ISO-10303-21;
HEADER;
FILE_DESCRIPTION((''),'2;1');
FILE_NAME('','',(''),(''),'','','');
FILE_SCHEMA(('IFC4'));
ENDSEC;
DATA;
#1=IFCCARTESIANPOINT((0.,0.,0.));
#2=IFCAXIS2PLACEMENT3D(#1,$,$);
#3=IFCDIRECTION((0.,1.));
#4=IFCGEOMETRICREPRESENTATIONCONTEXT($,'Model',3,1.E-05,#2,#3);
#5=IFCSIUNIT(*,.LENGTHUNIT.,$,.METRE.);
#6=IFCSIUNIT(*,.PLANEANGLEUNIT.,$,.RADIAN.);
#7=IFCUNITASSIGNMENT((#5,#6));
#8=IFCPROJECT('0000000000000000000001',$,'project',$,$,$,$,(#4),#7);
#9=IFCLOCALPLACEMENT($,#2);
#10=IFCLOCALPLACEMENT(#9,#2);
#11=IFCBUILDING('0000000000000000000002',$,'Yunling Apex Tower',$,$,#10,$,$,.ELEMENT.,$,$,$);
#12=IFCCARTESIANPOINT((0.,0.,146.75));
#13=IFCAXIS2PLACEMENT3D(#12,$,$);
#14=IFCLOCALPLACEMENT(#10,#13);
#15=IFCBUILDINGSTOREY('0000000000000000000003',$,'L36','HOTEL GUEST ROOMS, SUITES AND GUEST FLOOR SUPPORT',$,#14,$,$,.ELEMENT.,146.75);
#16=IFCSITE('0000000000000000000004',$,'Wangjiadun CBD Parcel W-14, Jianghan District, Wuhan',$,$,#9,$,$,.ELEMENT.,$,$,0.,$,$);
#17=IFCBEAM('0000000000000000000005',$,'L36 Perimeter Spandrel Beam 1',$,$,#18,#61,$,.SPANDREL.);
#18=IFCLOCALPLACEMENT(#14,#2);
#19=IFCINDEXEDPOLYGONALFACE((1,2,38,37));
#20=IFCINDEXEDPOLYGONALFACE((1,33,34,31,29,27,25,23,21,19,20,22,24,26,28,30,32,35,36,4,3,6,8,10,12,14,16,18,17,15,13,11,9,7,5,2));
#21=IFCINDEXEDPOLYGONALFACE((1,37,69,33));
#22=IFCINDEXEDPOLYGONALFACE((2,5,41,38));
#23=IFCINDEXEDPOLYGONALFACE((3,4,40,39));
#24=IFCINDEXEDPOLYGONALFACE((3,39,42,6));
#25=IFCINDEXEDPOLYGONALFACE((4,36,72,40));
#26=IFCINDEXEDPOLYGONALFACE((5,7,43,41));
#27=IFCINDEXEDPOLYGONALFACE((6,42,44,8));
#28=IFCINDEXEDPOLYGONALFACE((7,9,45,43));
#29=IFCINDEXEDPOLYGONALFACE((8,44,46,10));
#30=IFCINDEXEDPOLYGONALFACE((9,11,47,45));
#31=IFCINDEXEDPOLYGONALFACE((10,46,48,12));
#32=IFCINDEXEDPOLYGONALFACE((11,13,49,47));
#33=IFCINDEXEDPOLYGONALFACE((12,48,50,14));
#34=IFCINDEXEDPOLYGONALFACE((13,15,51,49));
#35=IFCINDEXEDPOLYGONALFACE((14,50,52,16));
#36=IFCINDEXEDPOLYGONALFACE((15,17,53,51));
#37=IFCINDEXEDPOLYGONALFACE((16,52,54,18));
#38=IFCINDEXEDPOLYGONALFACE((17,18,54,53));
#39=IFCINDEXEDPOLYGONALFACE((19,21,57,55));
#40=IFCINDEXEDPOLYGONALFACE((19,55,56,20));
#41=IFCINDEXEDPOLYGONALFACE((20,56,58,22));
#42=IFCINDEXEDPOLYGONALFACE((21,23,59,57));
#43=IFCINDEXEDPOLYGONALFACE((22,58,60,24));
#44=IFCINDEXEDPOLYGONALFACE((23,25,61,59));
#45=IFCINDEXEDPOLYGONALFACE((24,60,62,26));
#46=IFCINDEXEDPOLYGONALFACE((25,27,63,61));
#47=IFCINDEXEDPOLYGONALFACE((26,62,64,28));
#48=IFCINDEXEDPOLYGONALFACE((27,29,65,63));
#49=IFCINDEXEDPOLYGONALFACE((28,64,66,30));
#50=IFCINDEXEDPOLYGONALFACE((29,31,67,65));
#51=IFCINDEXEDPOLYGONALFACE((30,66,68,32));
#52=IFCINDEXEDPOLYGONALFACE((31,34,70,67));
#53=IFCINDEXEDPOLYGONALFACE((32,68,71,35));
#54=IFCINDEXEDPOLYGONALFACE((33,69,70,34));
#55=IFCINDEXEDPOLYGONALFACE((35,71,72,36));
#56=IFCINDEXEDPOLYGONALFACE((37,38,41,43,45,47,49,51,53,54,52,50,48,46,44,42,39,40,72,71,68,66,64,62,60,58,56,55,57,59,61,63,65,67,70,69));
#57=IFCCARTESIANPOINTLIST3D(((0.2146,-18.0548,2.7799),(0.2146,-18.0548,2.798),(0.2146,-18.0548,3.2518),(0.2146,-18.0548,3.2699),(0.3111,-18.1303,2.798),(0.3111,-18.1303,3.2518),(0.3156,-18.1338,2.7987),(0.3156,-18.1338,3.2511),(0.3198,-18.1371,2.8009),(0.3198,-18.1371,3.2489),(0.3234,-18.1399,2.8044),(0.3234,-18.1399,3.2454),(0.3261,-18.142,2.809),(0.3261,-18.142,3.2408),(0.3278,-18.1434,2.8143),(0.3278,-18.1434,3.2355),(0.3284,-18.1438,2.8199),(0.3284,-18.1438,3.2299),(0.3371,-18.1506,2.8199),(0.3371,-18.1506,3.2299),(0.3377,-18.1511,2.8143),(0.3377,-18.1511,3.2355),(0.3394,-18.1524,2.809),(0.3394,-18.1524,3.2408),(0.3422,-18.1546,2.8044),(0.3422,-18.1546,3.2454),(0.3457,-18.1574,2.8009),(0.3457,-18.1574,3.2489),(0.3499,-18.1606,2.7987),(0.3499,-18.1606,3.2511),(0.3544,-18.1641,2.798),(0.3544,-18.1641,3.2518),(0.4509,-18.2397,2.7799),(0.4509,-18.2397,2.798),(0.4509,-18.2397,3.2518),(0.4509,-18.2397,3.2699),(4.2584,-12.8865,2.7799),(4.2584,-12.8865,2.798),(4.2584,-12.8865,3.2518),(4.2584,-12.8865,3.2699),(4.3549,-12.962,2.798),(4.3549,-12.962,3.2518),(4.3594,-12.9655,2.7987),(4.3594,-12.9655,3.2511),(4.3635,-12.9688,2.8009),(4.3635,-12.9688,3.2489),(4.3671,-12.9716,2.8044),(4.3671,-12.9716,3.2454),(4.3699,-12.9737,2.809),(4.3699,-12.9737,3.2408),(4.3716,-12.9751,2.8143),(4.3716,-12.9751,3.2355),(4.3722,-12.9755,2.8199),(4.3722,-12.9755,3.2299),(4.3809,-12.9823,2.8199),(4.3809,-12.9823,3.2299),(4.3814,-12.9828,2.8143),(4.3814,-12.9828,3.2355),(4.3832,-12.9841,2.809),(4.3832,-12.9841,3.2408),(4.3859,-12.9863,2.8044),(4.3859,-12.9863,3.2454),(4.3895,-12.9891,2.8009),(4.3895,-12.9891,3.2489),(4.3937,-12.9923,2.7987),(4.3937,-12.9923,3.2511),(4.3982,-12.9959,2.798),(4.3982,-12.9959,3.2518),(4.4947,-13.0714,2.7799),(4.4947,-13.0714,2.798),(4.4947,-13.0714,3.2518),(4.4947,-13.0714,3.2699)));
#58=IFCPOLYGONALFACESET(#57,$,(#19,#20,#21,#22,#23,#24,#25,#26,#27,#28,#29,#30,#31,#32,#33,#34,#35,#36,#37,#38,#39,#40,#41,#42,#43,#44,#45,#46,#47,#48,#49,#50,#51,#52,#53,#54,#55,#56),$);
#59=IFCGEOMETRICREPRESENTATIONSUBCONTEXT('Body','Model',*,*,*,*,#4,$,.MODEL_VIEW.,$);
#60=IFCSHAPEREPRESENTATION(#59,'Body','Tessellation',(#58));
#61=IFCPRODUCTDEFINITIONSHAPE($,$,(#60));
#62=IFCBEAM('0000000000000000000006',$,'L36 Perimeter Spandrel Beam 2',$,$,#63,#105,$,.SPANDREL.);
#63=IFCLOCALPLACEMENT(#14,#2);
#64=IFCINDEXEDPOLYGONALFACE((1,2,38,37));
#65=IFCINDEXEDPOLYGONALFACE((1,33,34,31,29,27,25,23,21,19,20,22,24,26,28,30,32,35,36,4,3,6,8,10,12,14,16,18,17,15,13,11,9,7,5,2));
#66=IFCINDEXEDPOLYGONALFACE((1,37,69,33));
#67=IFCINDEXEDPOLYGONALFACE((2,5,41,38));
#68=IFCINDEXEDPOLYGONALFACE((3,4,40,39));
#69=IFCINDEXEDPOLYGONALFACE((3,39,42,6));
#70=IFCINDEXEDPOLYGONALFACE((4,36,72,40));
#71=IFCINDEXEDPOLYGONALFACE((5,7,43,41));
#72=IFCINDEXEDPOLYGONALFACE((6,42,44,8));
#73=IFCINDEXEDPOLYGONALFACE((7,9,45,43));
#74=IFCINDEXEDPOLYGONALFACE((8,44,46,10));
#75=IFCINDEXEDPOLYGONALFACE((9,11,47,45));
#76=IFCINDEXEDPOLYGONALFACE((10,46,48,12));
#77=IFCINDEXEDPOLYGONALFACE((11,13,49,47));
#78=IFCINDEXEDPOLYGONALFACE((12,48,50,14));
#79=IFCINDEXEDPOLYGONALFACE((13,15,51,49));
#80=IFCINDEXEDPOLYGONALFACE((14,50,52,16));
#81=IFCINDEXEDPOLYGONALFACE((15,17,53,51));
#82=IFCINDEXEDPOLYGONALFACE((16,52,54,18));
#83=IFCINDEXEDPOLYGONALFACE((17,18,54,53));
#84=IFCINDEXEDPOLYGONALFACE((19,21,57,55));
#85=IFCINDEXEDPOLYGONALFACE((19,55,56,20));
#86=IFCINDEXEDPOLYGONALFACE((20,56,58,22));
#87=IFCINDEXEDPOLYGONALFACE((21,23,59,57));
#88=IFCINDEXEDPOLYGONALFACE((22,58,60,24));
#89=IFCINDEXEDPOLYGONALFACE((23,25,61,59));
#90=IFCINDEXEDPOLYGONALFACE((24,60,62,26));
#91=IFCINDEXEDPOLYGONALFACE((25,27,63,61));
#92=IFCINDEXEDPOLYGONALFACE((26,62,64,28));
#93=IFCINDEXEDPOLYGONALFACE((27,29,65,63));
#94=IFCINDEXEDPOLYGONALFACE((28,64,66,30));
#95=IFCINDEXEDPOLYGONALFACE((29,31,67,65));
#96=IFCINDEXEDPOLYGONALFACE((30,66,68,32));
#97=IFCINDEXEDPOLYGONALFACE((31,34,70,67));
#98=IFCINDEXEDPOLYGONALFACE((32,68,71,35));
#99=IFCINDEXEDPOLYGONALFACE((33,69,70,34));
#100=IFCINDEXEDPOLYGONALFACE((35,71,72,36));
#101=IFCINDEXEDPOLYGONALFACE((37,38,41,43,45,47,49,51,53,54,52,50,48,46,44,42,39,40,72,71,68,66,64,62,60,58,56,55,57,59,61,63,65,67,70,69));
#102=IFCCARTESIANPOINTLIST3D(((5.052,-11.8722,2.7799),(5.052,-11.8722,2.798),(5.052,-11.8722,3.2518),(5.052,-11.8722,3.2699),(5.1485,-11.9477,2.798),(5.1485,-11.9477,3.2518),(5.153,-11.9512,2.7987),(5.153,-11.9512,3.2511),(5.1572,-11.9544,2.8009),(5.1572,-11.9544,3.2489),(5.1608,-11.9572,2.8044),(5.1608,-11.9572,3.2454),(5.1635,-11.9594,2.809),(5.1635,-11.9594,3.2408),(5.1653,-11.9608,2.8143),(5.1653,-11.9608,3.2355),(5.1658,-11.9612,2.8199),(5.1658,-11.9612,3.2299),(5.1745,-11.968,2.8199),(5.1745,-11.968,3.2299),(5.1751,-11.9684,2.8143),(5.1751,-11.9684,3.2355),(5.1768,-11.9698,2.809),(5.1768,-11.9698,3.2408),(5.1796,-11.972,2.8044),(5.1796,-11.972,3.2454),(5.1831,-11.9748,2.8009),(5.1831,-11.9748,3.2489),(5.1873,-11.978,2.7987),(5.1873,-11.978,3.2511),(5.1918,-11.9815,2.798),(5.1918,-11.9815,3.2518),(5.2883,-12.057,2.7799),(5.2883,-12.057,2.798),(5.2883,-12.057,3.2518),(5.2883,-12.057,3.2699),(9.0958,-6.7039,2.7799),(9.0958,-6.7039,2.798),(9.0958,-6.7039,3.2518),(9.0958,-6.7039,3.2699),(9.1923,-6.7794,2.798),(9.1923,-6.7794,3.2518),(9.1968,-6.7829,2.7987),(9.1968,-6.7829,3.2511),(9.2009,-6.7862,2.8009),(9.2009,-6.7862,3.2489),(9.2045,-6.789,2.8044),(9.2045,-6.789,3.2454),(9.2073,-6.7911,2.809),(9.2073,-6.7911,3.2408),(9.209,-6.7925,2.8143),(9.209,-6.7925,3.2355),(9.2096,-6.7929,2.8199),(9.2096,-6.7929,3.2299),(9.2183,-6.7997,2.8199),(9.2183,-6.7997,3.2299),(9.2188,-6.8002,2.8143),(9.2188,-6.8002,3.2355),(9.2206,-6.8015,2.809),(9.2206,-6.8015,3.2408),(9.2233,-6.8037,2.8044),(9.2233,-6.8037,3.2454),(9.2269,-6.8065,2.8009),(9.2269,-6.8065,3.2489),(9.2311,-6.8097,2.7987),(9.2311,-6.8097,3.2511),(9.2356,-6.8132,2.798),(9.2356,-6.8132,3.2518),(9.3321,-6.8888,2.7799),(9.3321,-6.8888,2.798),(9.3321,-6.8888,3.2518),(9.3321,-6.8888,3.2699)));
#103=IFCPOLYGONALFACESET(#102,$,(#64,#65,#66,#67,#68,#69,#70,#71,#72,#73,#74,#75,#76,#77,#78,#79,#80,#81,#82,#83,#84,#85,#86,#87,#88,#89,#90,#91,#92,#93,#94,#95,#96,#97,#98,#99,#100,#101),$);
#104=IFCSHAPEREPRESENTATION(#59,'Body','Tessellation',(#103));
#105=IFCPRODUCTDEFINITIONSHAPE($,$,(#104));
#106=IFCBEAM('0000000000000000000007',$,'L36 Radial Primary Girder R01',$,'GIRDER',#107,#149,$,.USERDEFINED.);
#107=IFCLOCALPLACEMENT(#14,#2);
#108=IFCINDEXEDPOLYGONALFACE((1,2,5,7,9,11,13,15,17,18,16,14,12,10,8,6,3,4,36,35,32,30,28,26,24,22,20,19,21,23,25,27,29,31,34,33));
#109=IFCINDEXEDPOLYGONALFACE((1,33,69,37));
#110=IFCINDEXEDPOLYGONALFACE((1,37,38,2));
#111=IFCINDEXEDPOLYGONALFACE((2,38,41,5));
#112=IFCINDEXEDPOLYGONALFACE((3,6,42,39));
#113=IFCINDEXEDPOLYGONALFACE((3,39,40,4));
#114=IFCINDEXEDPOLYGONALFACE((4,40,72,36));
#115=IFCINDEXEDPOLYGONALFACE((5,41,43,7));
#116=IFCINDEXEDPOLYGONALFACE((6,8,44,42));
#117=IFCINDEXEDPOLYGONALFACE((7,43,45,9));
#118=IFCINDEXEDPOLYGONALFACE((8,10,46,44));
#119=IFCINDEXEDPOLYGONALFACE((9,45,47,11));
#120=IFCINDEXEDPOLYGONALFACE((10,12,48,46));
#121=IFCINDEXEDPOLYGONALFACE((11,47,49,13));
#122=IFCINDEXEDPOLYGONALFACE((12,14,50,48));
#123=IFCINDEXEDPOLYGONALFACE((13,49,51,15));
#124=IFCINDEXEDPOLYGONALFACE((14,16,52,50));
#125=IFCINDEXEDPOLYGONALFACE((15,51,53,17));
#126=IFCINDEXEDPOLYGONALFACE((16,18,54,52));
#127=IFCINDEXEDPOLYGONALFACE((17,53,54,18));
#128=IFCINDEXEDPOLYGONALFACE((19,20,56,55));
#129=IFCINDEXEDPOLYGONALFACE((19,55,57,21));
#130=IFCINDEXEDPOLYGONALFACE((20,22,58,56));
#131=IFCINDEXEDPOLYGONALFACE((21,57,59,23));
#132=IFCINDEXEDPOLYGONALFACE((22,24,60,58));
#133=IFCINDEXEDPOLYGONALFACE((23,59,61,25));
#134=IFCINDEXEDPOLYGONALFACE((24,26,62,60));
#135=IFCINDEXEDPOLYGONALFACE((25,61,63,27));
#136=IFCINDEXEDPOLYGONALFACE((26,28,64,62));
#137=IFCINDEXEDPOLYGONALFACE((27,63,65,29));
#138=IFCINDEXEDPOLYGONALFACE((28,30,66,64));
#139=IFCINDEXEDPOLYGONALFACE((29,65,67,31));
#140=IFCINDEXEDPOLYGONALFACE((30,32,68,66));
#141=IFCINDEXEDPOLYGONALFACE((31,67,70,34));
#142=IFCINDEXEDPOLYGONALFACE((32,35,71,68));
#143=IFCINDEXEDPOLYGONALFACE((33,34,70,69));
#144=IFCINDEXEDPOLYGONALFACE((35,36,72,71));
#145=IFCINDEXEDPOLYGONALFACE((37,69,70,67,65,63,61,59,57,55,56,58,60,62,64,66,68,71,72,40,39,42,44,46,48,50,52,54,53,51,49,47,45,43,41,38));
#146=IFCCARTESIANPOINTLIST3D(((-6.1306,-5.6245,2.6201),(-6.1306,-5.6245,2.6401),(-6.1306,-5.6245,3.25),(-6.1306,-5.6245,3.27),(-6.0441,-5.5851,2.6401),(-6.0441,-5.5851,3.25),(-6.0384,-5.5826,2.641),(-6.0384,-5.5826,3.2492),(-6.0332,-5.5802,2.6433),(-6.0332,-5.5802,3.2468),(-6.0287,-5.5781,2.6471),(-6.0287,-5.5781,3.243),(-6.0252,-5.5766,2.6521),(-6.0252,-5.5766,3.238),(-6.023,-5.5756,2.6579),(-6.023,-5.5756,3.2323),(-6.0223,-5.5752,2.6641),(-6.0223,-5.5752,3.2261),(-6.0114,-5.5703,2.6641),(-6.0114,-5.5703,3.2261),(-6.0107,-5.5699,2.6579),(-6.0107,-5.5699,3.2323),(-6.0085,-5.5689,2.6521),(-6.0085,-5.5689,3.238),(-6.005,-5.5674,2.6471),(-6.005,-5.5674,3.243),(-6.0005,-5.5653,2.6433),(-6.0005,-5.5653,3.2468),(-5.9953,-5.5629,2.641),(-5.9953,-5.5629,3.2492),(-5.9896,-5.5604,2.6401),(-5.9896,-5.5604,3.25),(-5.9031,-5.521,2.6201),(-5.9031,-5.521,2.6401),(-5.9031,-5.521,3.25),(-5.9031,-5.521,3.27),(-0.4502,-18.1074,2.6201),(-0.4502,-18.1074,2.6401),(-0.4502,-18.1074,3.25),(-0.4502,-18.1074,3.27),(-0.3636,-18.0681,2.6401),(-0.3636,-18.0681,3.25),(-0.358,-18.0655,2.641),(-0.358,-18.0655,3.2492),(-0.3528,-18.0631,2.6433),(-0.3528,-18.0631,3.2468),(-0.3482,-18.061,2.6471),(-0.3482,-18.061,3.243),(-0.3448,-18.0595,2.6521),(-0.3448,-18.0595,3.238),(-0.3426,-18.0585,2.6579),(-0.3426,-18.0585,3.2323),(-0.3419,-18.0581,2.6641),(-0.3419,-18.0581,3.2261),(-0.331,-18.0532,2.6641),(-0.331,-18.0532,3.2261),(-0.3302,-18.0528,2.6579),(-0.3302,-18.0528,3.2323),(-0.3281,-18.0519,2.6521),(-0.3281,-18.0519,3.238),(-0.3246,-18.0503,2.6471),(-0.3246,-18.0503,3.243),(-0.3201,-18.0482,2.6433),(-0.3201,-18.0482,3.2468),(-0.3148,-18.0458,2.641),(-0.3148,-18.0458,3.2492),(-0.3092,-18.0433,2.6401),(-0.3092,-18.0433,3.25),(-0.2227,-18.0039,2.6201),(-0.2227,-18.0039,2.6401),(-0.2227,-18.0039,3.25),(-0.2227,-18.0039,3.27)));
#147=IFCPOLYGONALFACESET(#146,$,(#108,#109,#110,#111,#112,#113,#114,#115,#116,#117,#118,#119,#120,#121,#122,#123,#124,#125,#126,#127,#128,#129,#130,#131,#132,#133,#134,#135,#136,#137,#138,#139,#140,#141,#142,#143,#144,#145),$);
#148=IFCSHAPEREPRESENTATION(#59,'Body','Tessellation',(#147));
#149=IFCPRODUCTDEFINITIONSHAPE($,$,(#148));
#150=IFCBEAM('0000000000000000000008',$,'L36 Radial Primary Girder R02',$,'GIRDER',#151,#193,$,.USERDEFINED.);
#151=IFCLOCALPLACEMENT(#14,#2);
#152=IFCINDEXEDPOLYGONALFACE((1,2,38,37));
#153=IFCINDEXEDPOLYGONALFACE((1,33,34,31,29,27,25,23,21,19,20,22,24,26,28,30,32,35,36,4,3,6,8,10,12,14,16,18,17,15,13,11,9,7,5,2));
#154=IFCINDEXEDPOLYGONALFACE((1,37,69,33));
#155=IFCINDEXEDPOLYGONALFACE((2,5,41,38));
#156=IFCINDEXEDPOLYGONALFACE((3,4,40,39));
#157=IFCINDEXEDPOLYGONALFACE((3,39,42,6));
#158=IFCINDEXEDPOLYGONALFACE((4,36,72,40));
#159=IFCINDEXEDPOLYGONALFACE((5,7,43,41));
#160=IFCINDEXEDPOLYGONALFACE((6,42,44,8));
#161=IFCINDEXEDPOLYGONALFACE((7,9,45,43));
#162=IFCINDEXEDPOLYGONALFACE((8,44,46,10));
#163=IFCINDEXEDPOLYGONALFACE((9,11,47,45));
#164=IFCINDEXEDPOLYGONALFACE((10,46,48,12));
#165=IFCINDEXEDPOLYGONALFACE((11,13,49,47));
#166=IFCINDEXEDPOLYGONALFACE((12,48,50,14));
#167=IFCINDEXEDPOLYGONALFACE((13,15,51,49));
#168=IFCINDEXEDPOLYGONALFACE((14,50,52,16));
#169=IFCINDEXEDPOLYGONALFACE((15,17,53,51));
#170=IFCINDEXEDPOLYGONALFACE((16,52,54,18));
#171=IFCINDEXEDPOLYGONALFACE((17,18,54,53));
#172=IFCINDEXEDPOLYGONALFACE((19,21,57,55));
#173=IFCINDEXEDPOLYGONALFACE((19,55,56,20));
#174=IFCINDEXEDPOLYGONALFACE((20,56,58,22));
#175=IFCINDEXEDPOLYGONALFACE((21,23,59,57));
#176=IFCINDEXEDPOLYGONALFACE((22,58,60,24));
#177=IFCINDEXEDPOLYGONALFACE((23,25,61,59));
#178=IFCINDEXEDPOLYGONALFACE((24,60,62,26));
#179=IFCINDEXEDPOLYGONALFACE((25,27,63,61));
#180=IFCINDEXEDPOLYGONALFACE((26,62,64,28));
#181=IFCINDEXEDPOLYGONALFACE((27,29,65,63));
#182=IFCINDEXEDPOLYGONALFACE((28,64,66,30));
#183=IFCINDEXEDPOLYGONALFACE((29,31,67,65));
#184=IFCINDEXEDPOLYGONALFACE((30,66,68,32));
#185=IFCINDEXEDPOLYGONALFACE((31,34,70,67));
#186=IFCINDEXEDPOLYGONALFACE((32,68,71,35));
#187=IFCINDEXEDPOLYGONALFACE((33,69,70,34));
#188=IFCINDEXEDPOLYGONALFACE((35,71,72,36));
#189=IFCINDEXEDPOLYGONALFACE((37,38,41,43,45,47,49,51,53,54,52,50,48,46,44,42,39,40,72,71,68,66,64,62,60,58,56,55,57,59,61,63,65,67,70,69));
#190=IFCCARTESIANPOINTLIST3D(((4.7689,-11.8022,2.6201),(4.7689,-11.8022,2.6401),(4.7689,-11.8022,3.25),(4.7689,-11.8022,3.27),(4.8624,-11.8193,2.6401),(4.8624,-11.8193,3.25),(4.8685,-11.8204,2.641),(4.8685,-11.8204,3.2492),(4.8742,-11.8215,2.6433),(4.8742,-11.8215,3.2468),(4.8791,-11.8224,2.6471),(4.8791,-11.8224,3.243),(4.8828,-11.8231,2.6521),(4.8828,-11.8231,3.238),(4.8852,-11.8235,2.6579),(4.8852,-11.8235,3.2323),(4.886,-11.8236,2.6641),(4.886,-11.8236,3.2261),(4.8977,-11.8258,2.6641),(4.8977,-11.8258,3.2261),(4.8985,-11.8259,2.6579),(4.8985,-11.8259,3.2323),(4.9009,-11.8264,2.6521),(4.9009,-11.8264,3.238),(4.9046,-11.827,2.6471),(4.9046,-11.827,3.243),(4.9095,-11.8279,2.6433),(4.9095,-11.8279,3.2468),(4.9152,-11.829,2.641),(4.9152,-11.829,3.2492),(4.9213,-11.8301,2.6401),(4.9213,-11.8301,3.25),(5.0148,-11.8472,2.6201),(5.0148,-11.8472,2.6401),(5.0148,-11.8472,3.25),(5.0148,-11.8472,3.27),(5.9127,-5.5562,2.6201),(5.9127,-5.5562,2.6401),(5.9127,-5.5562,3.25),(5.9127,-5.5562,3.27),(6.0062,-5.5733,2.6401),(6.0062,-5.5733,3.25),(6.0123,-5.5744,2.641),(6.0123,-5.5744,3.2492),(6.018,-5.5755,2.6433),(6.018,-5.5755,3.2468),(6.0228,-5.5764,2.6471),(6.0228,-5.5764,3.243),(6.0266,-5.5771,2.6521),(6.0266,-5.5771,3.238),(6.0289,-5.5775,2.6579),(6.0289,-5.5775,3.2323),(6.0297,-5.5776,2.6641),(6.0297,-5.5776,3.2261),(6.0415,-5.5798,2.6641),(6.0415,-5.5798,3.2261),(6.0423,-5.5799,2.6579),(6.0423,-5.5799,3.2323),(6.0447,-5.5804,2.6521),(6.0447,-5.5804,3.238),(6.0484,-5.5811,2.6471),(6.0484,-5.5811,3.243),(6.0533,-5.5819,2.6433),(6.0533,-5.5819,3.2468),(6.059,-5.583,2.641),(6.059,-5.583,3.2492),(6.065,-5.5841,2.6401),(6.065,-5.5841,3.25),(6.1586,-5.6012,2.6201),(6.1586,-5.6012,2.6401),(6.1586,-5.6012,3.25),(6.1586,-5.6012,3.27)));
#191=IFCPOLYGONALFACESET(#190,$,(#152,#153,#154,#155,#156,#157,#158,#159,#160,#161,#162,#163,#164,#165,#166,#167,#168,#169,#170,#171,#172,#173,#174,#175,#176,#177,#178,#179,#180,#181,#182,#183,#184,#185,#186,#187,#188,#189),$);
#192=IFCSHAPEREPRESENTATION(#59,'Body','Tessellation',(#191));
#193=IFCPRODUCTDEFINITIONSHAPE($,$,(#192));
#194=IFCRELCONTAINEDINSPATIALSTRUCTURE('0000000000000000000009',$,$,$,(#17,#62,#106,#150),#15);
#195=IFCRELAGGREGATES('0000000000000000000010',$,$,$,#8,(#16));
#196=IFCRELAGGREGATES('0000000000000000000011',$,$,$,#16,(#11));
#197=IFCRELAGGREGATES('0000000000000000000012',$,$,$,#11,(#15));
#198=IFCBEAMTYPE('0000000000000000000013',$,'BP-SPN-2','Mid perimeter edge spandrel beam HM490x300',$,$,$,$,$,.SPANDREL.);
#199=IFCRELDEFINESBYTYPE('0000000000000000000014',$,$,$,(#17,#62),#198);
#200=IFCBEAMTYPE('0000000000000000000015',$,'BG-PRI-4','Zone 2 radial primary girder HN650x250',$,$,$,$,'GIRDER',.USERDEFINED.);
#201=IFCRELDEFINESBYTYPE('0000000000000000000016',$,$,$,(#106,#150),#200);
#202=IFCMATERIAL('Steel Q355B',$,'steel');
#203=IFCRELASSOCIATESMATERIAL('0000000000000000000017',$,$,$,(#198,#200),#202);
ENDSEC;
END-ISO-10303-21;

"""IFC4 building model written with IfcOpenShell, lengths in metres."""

from ifc_helpers import new_model, si_unit, direction, frame, origin, origin_2d, place, context, subcontext, project, spatial, i_section, extrude, source, transform, mapped, material, material_profile, profile_set, type_object, element, save


model = new_model("IFC4")

# Units and contexts
model_context = context("Model", 3, precision=1e-05, world=origin(), true_north=direction((0.0, 1.0)))
body_context = subcontext(model_context, "Body", "Model", "MODEL_VIEW")
ifc_project = project(units=[si_unit("LENGTHUNIT", "METRE"), si_unit("PLANEANGLEUNIT", "RADIAN")], contexts=[model_context])

# Site, building, storey
site_placement = place(None, origin())
site = spatial("IfcSite", under=ifc_project, at=site_placement, Name="Wangjiadun CBD Parcel W-14, Jianghan District, Wuhan", CompositionType="ELEMENT", RefElevation=0.0)
building_placement = place(site_placement, origin())
building = spatial("IfcBuilding", under=site, at=building_placement, Name="Yunling Apex Tower", CompositionType="ELEMENT")
storey_placement = place(building_placement, frame((0.0, 0.0, 146.75)))
storey = spatial("IfcBuildingStorey", under=building, at=storey_placement, Name="L36", Description="HOTEL GUEST ROOMS, SUITES AND GUEST FLOOR SUPPORT", CompositionType="ELEMENT", Elevation=146.75)

# Beams
ifc_material_1 = material(Name="Steel Q355B", Category="steel")
ifc_material_profile_1 = material_profile(ifc_material_1, i_section(OverallWidth=0.3, OverallDepth=0.49, WebThickness=0.011, FlangeThickness=0.0181, FilletRadius=0.022, at=origin_2d()))
ifc_profile_set_1 = profile_set([ifc_material_profile_1], Name="Steel Q355B")
beam_type_1 = type_object("IfcBeamType", Name="BP-SPN-2", Description="Mid perimeter edge spandrel beam HM490x300", PredefinedType="SPANDREL", material=ifc_profile_set_1)
shared_shape_1 = source(origin(), body_context, "Body", "SweptSolid", [
    extrude(i_section(OverallWidth=0.3, OverallDepth=0.49, WebThickness=0.011, FlangeThickness=0.0181, FilletRadius=0.022, at=origin_2d()), origin(), (0.0, 0.0, 1.0), 6.5623),
])
for number, where, z_axis, x_axis, name in (
    (1, (0.3328, -18.1472, 3.0249), (0.616215, 0.787578, 0.0), (-0.787578, 0.616215, 0.0), "L36 Perimeter Spandrel Beam 1"),
    (2, (5.1702, -11.9646, 3.0249), (0.616215, 0.787578, 0.0), (-0.787578, 0.616215, 0.0), "L36 Perimeter Spandrel Beam 2"),
):
    element("IfcBeam", number, at=place(storey_placement, frame(where, z_axis=z_axis, x_axis=x_axis)), inside=storey, type_object=beam_type_1, Name=name, PredefinedType="SPANDREL", context=body_context, shape_type="MappedRepresentation", body=[
        mapped(shared_shape_1, transform((0.0, 0.0, 0.0), scale=1.0)),
    ])
ifc_material_profile_2 = material_profile(ifc_material_1, i_section(OverallWidth=0.25, OverallDepth=0.6499, WebThickness=0.012, FlangeThickness=0.02, FilletRadius=0.0239, at=origin_2d()))
ifc_profile_set_2 = profile_set([ifc_material_profile_2], Name="Steel Q355B")
beam_type_2 = type_object("IfcBeamType", Name="BG-PRI-4", Description="Zone 2 radial primary girder HN650x250", ElementType="GIRDER", PredefinedType="USERDEFINED", material=ifc_profile_set_2)
shared_shape_2 = source(origin(), body_context, "Body", "SweptSolid", [
    extrude(i_section(OverallWidth=0.25, OverallDepth=0.6499, WebThickness=0.012, FlangeThickness=0.02, FilletRadius=0.0239, at=origin_2d()), origin(), (0.0, 0.0, 1.0), 13.7146),
])
beam_1_placement = place(storey_placement, frame((-0.3364, -18.0557, 2.9451), z_axis=(-0.414188, 0.910191, 0.0), x_axis=(-0.910191, -0.414188, 0.0)))
element("IfcBeam", 3, at=beam_1_placement, inside=storey, type_object=beam_type_2, Name="L36 Radial Primary Girder R01", ObjectType="GIRDER", PredefinedType="USERDEFINED", context=body_context, shape_type="MappedRepresentation", body=[
    mapped(shared_shape_2, transform((0.0, 0.0, 0.0), scale=1.0)),
])
shared_shape_3 = source(origin(), body_context, "Body", "SweptSolid", [
    extrude(i_section(OverallWidth=0.25, OverallDepth=0.6499, WebThickness=0.012, FlangeThickness=0.02, FilletRadius=0.0239, at=origin_2d()), origin(), (0.0, 0.0, 1.0), 6.3499),
])
beam_2_placement = place(storey_placement, frame((4.8918, -11.8247, 2.9451), z_axis=(0.180127, 0.983643, 0.0), x_axis=(-0.983643, 0.180127, 0.0)))
element("IfcBeam", 4, at=beam_2_placement, inside=storey, type_object=beam_type_2, Name="L36 Radial Primary Girder R02", ObjectType="GIRDER", PredefinedType="USERDEFINED", context=body_context, shape_type="MappedRepresentation", body=[
    mapped(shared_shape_3, transform((0.0, 0.0, 0.0), scale=1.0)),
])

save(model, "model.ifc")
